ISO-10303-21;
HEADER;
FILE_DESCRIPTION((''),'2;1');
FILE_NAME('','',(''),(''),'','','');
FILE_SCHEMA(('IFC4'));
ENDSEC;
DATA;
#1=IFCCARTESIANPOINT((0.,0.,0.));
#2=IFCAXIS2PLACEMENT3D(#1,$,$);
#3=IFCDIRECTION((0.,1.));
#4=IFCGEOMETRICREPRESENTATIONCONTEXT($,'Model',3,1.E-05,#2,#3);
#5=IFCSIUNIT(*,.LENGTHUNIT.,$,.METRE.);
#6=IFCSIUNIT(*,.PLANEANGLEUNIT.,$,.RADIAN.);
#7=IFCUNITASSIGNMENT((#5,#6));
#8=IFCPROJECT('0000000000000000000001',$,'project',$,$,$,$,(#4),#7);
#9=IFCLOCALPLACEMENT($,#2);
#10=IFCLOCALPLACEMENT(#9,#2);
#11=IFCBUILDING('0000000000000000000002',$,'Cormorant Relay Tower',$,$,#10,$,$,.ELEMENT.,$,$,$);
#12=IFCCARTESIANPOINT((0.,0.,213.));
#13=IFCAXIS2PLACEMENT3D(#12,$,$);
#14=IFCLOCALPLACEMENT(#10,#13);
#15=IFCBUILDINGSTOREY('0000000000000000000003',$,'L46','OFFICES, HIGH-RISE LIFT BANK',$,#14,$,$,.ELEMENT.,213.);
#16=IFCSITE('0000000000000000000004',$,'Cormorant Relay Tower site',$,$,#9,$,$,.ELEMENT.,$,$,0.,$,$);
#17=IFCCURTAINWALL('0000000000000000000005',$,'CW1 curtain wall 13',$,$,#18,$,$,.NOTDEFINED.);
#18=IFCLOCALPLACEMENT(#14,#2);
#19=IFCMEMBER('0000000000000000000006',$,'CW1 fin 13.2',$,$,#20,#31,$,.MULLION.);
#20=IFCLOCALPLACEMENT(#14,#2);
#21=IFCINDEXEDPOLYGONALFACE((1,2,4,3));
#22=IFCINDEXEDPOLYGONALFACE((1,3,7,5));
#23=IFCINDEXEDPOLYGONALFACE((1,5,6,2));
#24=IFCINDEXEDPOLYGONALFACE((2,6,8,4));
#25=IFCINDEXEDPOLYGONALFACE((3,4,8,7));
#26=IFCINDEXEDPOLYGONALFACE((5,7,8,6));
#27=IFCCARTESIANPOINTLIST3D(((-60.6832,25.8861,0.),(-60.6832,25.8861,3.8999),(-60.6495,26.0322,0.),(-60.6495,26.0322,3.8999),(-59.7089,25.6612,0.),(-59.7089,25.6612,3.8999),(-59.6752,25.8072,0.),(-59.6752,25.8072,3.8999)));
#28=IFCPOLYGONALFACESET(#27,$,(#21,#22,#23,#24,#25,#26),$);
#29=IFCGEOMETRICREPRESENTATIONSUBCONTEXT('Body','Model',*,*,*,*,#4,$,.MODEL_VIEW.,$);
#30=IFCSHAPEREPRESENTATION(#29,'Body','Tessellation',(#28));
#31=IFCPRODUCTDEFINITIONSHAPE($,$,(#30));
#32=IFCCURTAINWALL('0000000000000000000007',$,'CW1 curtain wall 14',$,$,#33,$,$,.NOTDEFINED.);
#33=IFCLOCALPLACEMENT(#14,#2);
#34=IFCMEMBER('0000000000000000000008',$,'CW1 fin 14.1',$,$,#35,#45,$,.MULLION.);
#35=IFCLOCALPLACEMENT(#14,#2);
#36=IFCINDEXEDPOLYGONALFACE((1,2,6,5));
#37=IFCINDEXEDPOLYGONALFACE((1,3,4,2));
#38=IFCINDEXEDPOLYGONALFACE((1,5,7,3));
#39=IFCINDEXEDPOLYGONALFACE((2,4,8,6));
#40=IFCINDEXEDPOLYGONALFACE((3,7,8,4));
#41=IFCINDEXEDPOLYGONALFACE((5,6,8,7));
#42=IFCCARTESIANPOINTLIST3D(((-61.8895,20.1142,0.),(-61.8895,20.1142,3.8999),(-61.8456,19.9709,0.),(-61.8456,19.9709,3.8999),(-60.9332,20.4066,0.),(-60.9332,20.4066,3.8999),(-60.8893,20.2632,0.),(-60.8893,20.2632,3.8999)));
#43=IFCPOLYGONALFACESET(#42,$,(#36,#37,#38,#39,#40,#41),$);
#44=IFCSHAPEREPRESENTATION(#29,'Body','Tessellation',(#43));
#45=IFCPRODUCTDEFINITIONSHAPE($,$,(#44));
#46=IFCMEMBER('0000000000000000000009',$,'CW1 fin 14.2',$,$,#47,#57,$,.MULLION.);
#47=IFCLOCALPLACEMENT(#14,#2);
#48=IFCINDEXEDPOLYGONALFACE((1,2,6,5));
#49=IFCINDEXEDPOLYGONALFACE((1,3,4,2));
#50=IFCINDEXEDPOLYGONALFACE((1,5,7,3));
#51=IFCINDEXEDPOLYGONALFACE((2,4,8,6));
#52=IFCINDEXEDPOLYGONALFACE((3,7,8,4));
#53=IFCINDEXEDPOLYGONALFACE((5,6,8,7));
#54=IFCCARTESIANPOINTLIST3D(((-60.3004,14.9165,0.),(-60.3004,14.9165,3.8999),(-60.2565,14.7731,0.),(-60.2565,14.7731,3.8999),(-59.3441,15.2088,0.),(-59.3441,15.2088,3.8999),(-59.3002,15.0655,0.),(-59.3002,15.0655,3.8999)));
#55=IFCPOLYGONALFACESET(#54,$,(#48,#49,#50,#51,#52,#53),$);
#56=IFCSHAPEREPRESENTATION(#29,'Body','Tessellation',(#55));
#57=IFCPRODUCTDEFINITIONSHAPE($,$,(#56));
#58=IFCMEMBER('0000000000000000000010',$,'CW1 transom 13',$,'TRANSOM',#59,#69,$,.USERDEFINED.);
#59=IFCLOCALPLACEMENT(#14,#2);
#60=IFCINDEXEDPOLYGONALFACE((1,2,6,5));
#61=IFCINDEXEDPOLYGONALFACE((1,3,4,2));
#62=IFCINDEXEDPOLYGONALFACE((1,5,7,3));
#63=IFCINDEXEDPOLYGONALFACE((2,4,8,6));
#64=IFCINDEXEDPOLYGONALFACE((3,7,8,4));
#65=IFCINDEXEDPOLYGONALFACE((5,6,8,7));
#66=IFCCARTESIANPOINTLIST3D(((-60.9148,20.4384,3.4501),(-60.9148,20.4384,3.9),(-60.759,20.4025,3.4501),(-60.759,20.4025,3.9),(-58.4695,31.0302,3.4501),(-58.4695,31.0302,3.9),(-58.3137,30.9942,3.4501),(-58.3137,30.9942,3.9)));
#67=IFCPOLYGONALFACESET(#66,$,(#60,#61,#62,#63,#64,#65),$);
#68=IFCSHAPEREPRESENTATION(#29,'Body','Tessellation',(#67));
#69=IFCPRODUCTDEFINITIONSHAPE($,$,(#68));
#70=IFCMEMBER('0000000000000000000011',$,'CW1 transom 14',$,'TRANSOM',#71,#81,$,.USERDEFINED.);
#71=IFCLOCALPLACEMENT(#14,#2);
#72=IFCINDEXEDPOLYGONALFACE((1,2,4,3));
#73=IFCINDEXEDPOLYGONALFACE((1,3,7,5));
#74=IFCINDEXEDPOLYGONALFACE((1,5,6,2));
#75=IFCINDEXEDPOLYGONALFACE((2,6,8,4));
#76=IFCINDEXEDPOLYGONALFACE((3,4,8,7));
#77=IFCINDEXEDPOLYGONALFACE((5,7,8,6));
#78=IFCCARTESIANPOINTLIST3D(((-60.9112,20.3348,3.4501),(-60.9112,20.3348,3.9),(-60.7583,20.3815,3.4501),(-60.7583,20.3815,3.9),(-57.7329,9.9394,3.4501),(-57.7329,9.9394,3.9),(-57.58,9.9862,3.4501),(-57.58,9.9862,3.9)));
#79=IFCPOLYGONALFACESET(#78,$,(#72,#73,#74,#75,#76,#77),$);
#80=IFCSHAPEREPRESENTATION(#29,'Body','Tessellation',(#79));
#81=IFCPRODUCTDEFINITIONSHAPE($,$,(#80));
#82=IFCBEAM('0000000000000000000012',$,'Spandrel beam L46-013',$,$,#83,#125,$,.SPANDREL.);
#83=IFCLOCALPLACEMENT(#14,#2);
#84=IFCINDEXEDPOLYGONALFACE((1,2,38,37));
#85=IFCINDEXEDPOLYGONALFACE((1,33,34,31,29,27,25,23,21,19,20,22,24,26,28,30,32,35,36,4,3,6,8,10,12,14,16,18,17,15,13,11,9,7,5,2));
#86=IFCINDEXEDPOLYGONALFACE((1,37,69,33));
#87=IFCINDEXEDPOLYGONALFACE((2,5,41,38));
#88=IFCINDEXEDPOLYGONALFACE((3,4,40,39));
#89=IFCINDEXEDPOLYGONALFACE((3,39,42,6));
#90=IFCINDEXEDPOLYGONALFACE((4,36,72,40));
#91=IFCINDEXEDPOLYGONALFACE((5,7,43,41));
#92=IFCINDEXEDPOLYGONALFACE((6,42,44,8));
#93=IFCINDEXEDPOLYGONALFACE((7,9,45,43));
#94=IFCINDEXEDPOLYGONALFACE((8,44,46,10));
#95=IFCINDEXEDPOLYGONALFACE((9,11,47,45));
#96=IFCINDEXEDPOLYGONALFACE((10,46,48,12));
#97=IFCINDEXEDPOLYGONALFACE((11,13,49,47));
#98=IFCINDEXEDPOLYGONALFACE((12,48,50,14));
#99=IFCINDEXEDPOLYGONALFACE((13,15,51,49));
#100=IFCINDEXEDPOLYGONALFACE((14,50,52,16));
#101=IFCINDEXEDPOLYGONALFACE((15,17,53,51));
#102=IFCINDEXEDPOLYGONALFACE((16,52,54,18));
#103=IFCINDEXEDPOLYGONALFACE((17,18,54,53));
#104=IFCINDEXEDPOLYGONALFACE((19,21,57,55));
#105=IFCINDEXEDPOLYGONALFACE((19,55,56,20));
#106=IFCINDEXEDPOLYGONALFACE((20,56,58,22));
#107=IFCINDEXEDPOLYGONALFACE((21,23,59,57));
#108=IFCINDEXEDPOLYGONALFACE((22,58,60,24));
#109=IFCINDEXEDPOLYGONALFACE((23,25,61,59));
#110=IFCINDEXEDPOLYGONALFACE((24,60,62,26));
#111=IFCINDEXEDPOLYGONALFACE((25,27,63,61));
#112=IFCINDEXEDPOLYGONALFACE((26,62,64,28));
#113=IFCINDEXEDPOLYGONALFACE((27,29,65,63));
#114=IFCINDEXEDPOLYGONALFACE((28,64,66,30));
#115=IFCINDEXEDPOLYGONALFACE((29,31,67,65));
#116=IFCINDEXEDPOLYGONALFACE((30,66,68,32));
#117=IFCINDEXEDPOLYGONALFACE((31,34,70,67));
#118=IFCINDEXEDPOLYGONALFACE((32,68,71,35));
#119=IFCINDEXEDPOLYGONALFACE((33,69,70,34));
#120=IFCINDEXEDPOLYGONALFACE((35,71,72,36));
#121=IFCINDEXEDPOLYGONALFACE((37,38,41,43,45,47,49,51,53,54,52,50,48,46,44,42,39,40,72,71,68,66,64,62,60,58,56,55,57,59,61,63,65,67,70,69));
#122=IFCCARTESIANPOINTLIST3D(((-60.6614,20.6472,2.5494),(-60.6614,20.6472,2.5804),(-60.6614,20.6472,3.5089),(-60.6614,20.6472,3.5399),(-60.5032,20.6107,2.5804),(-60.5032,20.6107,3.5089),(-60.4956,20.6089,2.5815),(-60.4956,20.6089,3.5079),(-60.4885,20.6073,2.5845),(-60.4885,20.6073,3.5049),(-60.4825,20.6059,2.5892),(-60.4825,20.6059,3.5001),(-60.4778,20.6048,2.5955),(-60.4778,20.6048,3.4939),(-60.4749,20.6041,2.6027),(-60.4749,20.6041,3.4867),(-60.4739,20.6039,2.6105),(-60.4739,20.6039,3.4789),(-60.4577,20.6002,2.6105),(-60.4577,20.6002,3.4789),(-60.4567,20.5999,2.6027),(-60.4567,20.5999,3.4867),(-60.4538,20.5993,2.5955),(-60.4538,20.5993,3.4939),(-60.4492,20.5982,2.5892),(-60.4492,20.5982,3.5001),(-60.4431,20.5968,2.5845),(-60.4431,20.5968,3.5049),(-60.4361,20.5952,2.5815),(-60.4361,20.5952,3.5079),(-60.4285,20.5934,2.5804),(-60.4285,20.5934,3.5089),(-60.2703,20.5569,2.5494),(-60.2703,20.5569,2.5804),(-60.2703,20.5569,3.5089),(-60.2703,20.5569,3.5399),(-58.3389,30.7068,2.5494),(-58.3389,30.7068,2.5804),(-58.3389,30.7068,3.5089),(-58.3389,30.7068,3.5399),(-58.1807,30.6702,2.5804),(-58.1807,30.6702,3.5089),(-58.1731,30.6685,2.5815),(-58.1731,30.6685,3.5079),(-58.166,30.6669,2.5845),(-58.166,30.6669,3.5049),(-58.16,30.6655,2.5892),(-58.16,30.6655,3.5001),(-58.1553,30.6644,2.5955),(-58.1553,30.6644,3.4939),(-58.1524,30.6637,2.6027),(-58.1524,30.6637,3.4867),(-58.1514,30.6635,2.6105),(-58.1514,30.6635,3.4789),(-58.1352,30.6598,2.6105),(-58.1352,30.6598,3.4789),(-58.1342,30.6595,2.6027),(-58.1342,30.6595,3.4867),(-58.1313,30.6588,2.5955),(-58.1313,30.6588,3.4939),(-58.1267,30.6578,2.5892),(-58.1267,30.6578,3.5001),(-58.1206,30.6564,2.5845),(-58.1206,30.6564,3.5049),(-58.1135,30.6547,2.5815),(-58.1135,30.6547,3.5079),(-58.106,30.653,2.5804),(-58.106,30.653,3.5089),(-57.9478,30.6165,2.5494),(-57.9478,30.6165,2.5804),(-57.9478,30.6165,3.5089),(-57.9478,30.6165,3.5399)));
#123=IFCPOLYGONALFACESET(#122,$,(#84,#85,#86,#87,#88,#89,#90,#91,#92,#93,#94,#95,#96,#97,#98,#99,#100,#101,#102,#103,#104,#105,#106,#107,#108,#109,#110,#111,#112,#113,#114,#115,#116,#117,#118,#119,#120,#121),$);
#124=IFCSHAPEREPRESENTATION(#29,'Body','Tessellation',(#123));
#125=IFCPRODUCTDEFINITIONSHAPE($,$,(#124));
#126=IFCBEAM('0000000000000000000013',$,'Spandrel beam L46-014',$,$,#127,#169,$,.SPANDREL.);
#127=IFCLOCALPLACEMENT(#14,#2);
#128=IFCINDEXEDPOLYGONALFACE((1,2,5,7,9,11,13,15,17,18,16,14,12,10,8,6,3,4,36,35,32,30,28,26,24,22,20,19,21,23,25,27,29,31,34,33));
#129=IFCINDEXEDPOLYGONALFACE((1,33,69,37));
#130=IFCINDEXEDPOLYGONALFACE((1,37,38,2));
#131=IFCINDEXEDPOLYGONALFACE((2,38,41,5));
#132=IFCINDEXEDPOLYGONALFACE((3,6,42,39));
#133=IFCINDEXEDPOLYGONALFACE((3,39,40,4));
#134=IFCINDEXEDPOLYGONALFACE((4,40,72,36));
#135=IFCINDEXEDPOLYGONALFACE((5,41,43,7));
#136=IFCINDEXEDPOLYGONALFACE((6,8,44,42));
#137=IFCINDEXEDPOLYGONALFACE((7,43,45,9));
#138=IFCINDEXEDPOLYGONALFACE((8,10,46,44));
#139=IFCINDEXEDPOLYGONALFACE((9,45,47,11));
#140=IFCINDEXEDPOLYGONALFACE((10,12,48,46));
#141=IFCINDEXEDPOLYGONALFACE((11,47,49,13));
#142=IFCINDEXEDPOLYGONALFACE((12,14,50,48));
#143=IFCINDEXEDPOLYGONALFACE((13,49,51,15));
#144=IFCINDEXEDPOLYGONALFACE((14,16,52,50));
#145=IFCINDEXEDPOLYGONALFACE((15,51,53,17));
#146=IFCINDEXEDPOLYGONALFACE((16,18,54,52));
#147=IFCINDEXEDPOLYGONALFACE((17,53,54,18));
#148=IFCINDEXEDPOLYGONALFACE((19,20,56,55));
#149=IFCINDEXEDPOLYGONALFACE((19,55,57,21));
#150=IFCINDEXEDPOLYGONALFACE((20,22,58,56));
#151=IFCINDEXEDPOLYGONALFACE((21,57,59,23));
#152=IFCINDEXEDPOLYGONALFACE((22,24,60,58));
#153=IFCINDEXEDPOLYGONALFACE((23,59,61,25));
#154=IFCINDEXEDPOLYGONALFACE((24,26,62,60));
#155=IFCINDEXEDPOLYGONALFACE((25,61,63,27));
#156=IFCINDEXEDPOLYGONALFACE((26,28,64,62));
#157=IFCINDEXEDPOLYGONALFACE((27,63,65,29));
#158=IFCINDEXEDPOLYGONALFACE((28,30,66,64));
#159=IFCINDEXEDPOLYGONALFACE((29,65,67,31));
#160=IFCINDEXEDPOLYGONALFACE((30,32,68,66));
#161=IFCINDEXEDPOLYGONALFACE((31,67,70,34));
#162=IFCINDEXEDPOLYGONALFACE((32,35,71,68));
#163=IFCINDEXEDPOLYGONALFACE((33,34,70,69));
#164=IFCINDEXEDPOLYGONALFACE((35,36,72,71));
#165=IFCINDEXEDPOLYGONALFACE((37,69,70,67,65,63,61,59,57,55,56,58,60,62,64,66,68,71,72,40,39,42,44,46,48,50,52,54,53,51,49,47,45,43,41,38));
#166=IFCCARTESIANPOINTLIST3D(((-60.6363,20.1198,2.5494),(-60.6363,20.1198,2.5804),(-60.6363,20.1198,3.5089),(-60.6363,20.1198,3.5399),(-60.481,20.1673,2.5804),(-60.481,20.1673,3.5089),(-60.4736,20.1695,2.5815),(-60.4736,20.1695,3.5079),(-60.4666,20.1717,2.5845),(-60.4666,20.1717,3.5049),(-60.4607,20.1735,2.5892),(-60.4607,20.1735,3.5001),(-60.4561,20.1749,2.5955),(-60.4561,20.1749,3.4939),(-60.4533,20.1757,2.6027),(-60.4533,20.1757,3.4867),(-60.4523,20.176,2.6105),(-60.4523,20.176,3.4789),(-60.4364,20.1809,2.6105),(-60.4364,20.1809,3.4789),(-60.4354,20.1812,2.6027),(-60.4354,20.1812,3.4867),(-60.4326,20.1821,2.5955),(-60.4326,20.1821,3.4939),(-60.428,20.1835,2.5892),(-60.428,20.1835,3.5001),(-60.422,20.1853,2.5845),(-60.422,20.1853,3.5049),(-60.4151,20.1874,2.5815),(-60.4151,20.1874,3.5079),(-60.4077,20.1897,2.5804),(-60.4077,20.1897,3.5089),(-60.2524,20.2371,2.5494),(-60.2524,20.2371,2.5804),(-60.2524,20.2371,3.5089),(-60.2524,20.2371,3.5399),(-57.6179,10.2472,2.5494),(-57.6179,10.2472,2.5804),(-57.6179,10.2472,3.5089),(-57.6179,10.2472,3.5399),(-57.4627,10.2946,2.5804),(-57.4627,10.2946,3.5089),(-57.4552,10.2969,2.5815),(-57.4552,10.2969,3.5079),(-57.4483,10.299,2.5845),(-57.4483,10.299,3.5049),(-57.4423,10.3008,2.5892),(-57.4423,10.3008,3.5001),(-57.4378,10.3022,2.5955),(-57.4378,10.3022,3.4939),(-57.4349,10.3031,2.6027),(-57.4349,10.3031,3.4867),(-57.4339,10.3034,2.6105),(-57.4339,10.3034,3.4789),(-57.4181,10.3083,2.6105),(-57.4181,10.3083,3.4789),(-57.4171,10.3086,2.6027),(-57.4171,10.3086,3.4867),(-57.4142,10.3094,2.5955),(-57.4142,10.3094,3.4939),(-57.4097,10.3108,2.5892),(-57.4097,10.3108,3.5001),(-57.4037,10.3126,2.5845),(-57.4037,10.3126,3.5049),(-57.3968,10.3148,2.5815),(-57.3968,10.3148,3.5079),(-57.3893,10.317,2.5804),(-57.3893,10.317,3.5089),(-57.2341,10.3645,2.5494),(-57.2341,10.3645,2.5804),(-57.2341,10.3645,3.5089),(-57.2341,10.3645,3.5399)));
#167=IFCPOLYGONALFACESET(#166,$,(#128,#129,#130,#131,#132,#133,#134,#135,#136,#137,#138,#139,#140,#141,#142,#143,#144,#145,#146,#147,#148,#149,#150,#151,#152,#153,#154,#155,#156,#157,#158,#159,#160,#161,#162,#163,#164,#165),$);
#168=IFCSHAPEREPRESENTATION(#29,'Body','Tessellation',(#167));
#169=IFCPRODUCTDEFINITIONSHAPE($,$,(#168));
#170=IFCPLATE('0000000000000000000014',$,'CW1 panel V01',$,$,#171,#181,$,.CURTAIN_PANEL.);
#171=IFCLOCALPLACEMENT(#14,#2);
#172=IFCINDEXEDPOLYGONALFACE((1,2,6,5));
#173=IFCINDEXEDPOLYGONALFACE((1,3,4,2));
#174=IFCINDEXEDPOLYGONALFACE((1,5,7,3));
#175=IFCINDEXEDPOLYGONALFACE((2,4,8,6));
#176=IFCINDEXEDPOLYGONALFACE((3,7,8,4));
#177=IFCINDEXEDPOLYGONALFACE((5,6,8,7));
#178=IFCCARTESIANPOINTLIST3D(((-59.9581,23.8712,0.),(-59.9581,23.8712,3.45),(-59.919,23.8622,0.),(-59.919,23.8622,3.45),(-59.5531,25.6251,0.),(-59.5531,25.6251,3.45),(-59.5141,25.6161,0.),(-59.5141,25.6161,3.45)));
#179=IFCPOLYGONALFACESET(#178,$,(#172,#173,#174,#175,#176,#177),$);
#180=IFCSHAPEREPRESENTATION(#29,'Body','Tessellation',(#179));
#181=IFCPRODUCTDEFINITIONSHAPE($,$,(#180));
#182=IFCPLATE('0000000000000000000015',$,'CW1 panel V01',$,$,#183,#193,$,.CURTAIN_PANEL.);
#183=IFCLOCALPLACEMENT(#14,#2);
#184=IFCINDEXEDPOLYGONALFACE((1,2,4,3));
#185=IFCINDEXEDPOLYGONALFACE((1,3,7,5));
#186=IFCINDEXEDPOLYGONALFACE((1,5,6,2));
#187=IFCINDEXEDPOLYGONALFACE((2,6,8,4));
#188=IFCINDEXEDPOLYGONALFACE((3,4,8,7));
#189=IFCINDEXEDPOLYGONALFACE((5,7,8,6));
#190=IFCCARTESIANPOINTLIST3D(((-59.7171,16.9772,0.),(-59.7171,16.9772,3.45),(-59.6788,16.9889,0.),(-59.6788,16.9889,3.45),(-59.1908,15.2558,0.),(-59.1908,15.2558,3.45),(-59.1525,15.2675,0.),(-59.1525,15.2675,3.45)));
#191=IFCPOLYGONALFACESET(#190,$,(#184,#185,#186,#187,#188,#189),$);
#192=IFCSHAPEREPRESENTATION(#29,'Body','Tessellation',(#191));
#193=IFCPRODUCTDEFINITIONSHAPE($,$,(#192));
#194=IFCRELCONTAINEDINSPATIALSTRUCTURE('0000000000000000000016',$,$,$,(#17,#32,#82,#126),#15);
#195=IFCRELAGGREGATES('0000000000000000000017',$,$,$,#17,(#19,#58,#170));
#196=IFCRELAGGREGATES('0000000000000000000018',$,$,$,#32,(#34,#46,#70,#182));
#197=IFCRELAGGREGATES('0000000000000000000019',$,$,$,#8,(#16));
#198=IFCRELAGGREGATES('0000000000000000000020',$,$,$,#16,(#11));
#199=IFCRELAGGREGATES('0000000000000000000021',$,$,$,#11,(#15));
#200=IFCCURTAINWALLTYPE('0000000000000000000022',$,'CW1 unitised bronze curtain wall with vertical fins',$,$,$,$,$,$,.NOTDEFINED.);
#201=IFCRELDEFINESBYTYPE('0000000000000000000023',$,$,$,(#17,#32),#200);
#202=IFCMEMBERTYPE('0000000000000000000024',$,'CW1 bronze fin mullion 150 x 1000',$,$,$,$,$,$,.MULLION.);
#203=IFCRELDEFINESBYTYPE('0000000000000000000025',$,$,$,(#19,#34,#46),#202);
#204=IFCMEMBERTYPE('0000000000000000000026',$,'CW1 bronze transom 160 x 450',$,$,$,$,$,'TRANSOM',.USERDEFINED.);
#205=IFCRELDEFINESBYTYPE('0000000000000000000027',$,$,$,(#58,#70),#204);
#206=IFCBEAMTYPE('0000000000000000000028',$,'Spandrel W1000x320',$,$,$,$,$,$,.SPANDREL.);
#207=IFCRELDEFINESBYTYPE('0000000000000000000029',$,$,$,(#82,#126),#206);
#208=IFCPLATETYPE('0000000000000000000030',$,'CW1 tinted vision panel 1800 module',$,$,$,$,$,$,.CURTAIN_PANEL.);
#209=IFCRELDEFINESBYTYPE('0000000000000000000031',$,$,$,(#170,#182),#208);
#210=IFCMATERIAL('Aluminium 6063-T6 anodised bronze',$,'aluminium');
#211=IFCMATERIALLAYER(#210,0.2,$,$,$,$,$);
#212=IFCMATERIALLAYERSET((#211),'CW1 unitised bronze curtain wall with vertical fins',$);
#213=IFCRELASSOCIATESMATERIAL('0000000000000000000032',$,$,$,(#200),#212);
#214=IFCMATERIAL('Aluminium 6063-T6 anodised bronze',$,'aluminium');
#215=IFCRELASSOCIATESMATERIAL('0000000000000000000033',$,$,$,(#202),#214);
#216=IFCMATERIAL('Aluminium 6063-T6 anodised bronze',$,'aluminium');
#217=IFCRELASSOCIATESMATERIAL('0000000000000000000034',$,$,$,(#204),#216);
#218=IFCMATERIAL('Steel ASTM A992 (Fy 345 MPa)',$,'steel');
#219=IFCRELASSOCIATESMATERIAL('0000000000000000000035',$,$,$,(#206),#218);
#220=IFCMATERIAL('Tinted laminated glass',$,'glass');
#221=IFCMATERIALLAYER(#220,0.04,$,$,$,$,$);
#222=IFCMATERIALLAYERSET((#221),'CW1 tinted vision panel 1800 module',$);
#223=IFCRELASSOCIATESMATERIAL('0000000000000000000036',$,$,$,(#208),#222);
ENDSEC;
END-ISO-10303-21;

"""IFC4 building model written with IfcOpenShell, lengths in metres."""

from ifc_helpers import new_model, si_unit, direction, frame, origin, origin_2d, place, context, subcontext, project, spatial, rectangle, i_section, extrude, material, layer, layer_set, material_profile, profile_set, type_object, element, aggregate, save


model = new_model("IFC4")

# Units and contexts
model_context = context("Model", 3, precision=1e-05, world=origin(), true_north=direction((0.0, 1.0)))
body_context = subcontext(model_context, "Body", "Model", "MODEL_VIEW")
ifc_project = project(units=[si_unit("LENGTHUNIT", "METRE"), si_unit("PLANEANGLEUNIT", "RADIAN")], contexts=[model_context])

# Site, building, storey
site_placement = place(None, origin())
site = spatial("IfcSite", under=ifc_project, at=site_placement, Name="Cormorant Relay Tower site", CompositionType="ELEMENT", RefElevation=0.0)
building_placement = place(site_placement, origin())
building = spatial("IfcBuilding", under=site, at=building_placement, Name="Cormorant Relay Tower", CompositionType="ELEMENT")
storey_placement = place(building_placement, frame((0.0, 0.0, 213.0)))
storey = spatial("IfcBuildingStorey", under=building, at=storey_placement, Name="L46", Description="OFFICES, HIGH-RISE LIFT BANK", CompositionType="ELEMENT", Elevation=213.0)

# Curtain walls, members
ifc_material_1 = material(Name="Aluminium 6063-T6 anodised bronze", Category="aluminium")
ifc_layer_1 = layer(ifc_material_1, 0.2)
ifc_layer_set_1 = layer_set([ifc_layer_1], Name="CW1 unitised bronze curtain wall with vertical fins")
curtain_wall_type = type_object("IfcCurtainWallType", Name="CW1 unitised bronze curtain wall with vertical fins", PredefinedType="NOTDEFINED", material=ifc_layer_set_1)
curtain_wall_1_placement = place(storey_placement, origin())
curtain_wall_1 = element("IfcCurtainWall", 1, at=curtain_wall_1_placement, inside=storey, type_object=curtain_wall_type, Name="CW1 curtain wall 13", PredefinedType="NOTDEFINED")
ifc_material_2 = material(Name="Aluminium 6063-T6 anodised bronze", Category="aluminium")
ifc_material_profile_1 = material_profile(ifc_material_2, rectangle(XDim=0.1499, YDim=1.0, at=origin_2d()), Name="AL 150x1000")
ifc_profile_set_1 = profile_set([ifc_material_profile_1], Name="Aluminium 6063-T6 anodised bronze")
member_type_1 = type_object("IfcMemberType", Name="CW1 bronze fin mullion 150 x 1000", PredefinedType="MULLION", material=ifc_profile_set_1)
member_1_placement = place(storey_placement, frame((-60.1792, 25.8467, 0.0), z_axis=(0.0, 0.0, 1.0), x_axis=(-0.224951, -0.97437, 0.0)))
member_1 = element("IfcMember", 2, at=member_1_placement, type_object=member_type_1, Name="CW1 fin 13.2", PredefinedType="MULLION", context=body_context, shape_type="SweptSolid", body=[
    extrude(rectangle(XDim=0.1499, YDim=1.0, at=origin_2d()), origin(), (0.0, 0.0, 1.0), 3.8999),
])
curtain_wall_2_placement = place(storey_placement, origin())
curtain_wall_2 = element("IfcCurtainWall", 3, at=curtain_wall_2_placement, inside=storey, type_object=curtain_wall_type, Name="CW1 curtain wall 14", PredefinedType="NOTDEFINED")
member_2_placement = place(storey_placement, frame((-61.3894, 20.1887, 0.0), z_axis=(0.0, 0.0, 1.0), x_axis=(0.292372, -0.956305, 0.0)))
member_2 = element("IfcMember", 4, at=member_2_placement, type_object=member_type_1, Name="CW1 fin 14.1", PredefinedType="MULLION", context=body_context, shape_type="SweptSolid", body=[
    extrude(rectangle(XDim=0.1499, YDim=1.0, at=origin_2d()), origin(), (0.0, 0.0, 1.0), 3.8999),
])
member_3_placement = place(storey_placement, frame((-59.8003, 14.991, 0.0), z_axis=(0.0, 0.0, 1.0), x_axis=(0.292372, -0.956305, 0.0)))
member_3 = element("IfcMember", 5, at=member_3_placement, type_object=member_type_1, Name="CW1 fin 14.2", PredefinedType="MULLION", context=body_context, shape_type="SweptSolid", body=[
    extrude(rectangle(XDim=0.1499, YDim=1.0, at=origin_2d()), origin(), (0.0, 0.0, 1.0), 3.8999),
])

# Members
ifc_material_3 = material(Name="Aluminium 6063-T6 anodised bronze", Category="aluminium")
ifc_material_profile_2 = material_profile(ifc_material_3, rectangle(XDim=0.1599, YDim=0.45, at=origin_2d()), Name="AL 160x450")
ifc_profile_set_2 = profile_set([ifc_material_profile_2], Name="Aluminium 6063-T6 anodised bronze")
member_type_2 = type_object("IfcMemberType", Name="CW1 bronze transom 160 x 450", ElementType="TRANSOM", PredefinedType="USERDEFINED", material=ifc_profile_set_2)
member_4_placement = place(storey_placement, frame((-58.3916, 31.0122, 3.675), z_axis=(-0.224951, -0.97437, 0.0), x_axis=(0.97437, -0.224951, 0.0)))
member_4 = element("IfcMember", 6, at=member_4_placement, type_object=member_type_2, Name="CW1 transom 13", ObjectType="TRANSOM", PredefinedType="USERDEFINED", context=body_context, shape_type="SweptSolid", body=[
    extrude(rectangle(XDim=0.1599, YDim=0.45, at=origin_2d()), origin(), (0.0, 0.0, 1.0), 10.8704),
])
member_5_placement = place(storey_placement, frame((-60.8347, 20.3582, 3.675), z_axis=(0.292378, -0.956303, 0.0), x_axis=(0.956303, 0.292378, 0.0)))
member_5 = element("IfcMember", 7, at=member_5_placement, type_object=member_type_2, Name="CW1 transom 14", ObjectType="TRANSOM", PredefinedType="USERDEFINED", context=body_context, shape_type="SweptSolid", body=[
    extrude(rectangle(XDim=0.1599, YDim=0.45, at=origin_2d()), origin(), (0.0, 0.0, 1.0), 10.8704),
])

# Beams
ifc_material_4 = material(Name="Steel ASTM A992 (Fy 345 MPa)", Category="steel")
ifc_material_profile_3 = material_profile(ifc_material_4, i_section(OverallWidth=0.4014, OverallDepth=0.9905, WebThickness=0.0166, FlangeThickness=0.031, FilletRadius=0.03, at=origin_2d()), Name="W1000x320")
ifc_profile_set_3 = profile_set([ifc_material_profile_3], Name="Steel ASTM A992 (Fy 345 MPa)")
beam_type = type_object("IfcBeamType", Name="Spandrel W1000x320", PredefinedType="SPANDREL", material=ifc_profile_set_3)
beam_1_placement = place(storey_placement, frame((-58.1433, 30.6616, 3.0447), z_axis=(-0.224958, -0.974368, 0.0), x_axis=(0.974368, -0.224958, 0.0)))
element("IfcBeam", 8, at=beam_1_placement, inside=storey, type_object=beam_type, Name="Spandrel beam L46-013", PredefinedType="SPANDREL", context=body_context, shape_type="SweptSolid", body=[
    extrude(i_section(OverallWidth=0.4014, OverallDepth=0.9905, WebThickness=0.0166, FlangeThickness=0.031, FilletRadius=0.03, at=origin_2d()), origin(), (0.0, 0.0, 1.0), 10.3242),
])
beam_2_placement = place(storey_placement, frame((-60.4443, 20.1785, 3.0447), z_axis=(0.292369, -0.956306, 0.0), x_axis=(0.956306, 0.292369, 0.0)))
element("IfcBeam", 9, at=beam_2_placement, inside=storey, type_object=beam_type, Name="Spandrel beam L46-014", PredefinedType="SPANDREL", context=body_context, shape_type="SweptSolid", body=[
    extrude(i_section(OverallWidth=0.4014, OverallDepth=0.9905, WebThickness=0.0166, FlangeThickness=0.031, FilletRadius=0.03, at=origin_2d()), origin(), (0.0, 0.0, 1.0), 10.3237),
])

# Plates
ifc_material_5 = material(Name="Tinted laminated glass", Category="glass")
ifc_layer_2 = layer(ifc_material_5, 0.04)
ifc_layer_set_2 = layer_set([ifc_layer_2], Name="CW1 tinted vision panel 1800 module")
plate_type = type_object("IfcPlateType", Name="CW1 tinted vision panel 1800 module", PredefinedType="CURTAIN_PANEL", material=ifc_layer_set_2)
plate_1_placement = place(storey_placement, frame((-59.7361, 24.7437, 0.0), z_axis=(0.0, 0.0, 1.0), x_axis=(-0.224951, -0.97437, 0.0)))
plate_1 = element("IfcPlate", 10, at=plate_1_placement, type_object=plate_type, Name="CW1 panel V01", PredefinedType="CURTAIN_PANEL", context=body_context, shape_type="SweptSolid", body=[
    extrude(rectangle(XDim=1.8, YDim=0.04, at=origin_2d()), origin(), (0.0, 0.0, 1.0), 3.45),
])
plate_2_placement = place(storey_placement, frame((-59.4348, 16.1223, 0.0), z_axis=(0.0, 0.0, 1.0), x_axis=(0.292372, -0.956305, 0.0)))
plate_2 = element("IfcPlate", 11, at=plate_2_placement, type_object=plate_type, Name="CW1 panel V01", PredefinedType="CURTAIN_PANEL", context=body_context, shape_type="SweptSolid", body=[
    extrude(rectangle(XDim=1.8, YDim=0.04, at=origin_2d()), origin(), (0.0, 0.0, 1.0), 3.45),
])

aggregate(curtain_wall_1, [member_1, member_4, plate_1])
aggregate(curtain_wall_2, [member_2, member_3, member_5, plate_2])

save(model, "model.ifc")
